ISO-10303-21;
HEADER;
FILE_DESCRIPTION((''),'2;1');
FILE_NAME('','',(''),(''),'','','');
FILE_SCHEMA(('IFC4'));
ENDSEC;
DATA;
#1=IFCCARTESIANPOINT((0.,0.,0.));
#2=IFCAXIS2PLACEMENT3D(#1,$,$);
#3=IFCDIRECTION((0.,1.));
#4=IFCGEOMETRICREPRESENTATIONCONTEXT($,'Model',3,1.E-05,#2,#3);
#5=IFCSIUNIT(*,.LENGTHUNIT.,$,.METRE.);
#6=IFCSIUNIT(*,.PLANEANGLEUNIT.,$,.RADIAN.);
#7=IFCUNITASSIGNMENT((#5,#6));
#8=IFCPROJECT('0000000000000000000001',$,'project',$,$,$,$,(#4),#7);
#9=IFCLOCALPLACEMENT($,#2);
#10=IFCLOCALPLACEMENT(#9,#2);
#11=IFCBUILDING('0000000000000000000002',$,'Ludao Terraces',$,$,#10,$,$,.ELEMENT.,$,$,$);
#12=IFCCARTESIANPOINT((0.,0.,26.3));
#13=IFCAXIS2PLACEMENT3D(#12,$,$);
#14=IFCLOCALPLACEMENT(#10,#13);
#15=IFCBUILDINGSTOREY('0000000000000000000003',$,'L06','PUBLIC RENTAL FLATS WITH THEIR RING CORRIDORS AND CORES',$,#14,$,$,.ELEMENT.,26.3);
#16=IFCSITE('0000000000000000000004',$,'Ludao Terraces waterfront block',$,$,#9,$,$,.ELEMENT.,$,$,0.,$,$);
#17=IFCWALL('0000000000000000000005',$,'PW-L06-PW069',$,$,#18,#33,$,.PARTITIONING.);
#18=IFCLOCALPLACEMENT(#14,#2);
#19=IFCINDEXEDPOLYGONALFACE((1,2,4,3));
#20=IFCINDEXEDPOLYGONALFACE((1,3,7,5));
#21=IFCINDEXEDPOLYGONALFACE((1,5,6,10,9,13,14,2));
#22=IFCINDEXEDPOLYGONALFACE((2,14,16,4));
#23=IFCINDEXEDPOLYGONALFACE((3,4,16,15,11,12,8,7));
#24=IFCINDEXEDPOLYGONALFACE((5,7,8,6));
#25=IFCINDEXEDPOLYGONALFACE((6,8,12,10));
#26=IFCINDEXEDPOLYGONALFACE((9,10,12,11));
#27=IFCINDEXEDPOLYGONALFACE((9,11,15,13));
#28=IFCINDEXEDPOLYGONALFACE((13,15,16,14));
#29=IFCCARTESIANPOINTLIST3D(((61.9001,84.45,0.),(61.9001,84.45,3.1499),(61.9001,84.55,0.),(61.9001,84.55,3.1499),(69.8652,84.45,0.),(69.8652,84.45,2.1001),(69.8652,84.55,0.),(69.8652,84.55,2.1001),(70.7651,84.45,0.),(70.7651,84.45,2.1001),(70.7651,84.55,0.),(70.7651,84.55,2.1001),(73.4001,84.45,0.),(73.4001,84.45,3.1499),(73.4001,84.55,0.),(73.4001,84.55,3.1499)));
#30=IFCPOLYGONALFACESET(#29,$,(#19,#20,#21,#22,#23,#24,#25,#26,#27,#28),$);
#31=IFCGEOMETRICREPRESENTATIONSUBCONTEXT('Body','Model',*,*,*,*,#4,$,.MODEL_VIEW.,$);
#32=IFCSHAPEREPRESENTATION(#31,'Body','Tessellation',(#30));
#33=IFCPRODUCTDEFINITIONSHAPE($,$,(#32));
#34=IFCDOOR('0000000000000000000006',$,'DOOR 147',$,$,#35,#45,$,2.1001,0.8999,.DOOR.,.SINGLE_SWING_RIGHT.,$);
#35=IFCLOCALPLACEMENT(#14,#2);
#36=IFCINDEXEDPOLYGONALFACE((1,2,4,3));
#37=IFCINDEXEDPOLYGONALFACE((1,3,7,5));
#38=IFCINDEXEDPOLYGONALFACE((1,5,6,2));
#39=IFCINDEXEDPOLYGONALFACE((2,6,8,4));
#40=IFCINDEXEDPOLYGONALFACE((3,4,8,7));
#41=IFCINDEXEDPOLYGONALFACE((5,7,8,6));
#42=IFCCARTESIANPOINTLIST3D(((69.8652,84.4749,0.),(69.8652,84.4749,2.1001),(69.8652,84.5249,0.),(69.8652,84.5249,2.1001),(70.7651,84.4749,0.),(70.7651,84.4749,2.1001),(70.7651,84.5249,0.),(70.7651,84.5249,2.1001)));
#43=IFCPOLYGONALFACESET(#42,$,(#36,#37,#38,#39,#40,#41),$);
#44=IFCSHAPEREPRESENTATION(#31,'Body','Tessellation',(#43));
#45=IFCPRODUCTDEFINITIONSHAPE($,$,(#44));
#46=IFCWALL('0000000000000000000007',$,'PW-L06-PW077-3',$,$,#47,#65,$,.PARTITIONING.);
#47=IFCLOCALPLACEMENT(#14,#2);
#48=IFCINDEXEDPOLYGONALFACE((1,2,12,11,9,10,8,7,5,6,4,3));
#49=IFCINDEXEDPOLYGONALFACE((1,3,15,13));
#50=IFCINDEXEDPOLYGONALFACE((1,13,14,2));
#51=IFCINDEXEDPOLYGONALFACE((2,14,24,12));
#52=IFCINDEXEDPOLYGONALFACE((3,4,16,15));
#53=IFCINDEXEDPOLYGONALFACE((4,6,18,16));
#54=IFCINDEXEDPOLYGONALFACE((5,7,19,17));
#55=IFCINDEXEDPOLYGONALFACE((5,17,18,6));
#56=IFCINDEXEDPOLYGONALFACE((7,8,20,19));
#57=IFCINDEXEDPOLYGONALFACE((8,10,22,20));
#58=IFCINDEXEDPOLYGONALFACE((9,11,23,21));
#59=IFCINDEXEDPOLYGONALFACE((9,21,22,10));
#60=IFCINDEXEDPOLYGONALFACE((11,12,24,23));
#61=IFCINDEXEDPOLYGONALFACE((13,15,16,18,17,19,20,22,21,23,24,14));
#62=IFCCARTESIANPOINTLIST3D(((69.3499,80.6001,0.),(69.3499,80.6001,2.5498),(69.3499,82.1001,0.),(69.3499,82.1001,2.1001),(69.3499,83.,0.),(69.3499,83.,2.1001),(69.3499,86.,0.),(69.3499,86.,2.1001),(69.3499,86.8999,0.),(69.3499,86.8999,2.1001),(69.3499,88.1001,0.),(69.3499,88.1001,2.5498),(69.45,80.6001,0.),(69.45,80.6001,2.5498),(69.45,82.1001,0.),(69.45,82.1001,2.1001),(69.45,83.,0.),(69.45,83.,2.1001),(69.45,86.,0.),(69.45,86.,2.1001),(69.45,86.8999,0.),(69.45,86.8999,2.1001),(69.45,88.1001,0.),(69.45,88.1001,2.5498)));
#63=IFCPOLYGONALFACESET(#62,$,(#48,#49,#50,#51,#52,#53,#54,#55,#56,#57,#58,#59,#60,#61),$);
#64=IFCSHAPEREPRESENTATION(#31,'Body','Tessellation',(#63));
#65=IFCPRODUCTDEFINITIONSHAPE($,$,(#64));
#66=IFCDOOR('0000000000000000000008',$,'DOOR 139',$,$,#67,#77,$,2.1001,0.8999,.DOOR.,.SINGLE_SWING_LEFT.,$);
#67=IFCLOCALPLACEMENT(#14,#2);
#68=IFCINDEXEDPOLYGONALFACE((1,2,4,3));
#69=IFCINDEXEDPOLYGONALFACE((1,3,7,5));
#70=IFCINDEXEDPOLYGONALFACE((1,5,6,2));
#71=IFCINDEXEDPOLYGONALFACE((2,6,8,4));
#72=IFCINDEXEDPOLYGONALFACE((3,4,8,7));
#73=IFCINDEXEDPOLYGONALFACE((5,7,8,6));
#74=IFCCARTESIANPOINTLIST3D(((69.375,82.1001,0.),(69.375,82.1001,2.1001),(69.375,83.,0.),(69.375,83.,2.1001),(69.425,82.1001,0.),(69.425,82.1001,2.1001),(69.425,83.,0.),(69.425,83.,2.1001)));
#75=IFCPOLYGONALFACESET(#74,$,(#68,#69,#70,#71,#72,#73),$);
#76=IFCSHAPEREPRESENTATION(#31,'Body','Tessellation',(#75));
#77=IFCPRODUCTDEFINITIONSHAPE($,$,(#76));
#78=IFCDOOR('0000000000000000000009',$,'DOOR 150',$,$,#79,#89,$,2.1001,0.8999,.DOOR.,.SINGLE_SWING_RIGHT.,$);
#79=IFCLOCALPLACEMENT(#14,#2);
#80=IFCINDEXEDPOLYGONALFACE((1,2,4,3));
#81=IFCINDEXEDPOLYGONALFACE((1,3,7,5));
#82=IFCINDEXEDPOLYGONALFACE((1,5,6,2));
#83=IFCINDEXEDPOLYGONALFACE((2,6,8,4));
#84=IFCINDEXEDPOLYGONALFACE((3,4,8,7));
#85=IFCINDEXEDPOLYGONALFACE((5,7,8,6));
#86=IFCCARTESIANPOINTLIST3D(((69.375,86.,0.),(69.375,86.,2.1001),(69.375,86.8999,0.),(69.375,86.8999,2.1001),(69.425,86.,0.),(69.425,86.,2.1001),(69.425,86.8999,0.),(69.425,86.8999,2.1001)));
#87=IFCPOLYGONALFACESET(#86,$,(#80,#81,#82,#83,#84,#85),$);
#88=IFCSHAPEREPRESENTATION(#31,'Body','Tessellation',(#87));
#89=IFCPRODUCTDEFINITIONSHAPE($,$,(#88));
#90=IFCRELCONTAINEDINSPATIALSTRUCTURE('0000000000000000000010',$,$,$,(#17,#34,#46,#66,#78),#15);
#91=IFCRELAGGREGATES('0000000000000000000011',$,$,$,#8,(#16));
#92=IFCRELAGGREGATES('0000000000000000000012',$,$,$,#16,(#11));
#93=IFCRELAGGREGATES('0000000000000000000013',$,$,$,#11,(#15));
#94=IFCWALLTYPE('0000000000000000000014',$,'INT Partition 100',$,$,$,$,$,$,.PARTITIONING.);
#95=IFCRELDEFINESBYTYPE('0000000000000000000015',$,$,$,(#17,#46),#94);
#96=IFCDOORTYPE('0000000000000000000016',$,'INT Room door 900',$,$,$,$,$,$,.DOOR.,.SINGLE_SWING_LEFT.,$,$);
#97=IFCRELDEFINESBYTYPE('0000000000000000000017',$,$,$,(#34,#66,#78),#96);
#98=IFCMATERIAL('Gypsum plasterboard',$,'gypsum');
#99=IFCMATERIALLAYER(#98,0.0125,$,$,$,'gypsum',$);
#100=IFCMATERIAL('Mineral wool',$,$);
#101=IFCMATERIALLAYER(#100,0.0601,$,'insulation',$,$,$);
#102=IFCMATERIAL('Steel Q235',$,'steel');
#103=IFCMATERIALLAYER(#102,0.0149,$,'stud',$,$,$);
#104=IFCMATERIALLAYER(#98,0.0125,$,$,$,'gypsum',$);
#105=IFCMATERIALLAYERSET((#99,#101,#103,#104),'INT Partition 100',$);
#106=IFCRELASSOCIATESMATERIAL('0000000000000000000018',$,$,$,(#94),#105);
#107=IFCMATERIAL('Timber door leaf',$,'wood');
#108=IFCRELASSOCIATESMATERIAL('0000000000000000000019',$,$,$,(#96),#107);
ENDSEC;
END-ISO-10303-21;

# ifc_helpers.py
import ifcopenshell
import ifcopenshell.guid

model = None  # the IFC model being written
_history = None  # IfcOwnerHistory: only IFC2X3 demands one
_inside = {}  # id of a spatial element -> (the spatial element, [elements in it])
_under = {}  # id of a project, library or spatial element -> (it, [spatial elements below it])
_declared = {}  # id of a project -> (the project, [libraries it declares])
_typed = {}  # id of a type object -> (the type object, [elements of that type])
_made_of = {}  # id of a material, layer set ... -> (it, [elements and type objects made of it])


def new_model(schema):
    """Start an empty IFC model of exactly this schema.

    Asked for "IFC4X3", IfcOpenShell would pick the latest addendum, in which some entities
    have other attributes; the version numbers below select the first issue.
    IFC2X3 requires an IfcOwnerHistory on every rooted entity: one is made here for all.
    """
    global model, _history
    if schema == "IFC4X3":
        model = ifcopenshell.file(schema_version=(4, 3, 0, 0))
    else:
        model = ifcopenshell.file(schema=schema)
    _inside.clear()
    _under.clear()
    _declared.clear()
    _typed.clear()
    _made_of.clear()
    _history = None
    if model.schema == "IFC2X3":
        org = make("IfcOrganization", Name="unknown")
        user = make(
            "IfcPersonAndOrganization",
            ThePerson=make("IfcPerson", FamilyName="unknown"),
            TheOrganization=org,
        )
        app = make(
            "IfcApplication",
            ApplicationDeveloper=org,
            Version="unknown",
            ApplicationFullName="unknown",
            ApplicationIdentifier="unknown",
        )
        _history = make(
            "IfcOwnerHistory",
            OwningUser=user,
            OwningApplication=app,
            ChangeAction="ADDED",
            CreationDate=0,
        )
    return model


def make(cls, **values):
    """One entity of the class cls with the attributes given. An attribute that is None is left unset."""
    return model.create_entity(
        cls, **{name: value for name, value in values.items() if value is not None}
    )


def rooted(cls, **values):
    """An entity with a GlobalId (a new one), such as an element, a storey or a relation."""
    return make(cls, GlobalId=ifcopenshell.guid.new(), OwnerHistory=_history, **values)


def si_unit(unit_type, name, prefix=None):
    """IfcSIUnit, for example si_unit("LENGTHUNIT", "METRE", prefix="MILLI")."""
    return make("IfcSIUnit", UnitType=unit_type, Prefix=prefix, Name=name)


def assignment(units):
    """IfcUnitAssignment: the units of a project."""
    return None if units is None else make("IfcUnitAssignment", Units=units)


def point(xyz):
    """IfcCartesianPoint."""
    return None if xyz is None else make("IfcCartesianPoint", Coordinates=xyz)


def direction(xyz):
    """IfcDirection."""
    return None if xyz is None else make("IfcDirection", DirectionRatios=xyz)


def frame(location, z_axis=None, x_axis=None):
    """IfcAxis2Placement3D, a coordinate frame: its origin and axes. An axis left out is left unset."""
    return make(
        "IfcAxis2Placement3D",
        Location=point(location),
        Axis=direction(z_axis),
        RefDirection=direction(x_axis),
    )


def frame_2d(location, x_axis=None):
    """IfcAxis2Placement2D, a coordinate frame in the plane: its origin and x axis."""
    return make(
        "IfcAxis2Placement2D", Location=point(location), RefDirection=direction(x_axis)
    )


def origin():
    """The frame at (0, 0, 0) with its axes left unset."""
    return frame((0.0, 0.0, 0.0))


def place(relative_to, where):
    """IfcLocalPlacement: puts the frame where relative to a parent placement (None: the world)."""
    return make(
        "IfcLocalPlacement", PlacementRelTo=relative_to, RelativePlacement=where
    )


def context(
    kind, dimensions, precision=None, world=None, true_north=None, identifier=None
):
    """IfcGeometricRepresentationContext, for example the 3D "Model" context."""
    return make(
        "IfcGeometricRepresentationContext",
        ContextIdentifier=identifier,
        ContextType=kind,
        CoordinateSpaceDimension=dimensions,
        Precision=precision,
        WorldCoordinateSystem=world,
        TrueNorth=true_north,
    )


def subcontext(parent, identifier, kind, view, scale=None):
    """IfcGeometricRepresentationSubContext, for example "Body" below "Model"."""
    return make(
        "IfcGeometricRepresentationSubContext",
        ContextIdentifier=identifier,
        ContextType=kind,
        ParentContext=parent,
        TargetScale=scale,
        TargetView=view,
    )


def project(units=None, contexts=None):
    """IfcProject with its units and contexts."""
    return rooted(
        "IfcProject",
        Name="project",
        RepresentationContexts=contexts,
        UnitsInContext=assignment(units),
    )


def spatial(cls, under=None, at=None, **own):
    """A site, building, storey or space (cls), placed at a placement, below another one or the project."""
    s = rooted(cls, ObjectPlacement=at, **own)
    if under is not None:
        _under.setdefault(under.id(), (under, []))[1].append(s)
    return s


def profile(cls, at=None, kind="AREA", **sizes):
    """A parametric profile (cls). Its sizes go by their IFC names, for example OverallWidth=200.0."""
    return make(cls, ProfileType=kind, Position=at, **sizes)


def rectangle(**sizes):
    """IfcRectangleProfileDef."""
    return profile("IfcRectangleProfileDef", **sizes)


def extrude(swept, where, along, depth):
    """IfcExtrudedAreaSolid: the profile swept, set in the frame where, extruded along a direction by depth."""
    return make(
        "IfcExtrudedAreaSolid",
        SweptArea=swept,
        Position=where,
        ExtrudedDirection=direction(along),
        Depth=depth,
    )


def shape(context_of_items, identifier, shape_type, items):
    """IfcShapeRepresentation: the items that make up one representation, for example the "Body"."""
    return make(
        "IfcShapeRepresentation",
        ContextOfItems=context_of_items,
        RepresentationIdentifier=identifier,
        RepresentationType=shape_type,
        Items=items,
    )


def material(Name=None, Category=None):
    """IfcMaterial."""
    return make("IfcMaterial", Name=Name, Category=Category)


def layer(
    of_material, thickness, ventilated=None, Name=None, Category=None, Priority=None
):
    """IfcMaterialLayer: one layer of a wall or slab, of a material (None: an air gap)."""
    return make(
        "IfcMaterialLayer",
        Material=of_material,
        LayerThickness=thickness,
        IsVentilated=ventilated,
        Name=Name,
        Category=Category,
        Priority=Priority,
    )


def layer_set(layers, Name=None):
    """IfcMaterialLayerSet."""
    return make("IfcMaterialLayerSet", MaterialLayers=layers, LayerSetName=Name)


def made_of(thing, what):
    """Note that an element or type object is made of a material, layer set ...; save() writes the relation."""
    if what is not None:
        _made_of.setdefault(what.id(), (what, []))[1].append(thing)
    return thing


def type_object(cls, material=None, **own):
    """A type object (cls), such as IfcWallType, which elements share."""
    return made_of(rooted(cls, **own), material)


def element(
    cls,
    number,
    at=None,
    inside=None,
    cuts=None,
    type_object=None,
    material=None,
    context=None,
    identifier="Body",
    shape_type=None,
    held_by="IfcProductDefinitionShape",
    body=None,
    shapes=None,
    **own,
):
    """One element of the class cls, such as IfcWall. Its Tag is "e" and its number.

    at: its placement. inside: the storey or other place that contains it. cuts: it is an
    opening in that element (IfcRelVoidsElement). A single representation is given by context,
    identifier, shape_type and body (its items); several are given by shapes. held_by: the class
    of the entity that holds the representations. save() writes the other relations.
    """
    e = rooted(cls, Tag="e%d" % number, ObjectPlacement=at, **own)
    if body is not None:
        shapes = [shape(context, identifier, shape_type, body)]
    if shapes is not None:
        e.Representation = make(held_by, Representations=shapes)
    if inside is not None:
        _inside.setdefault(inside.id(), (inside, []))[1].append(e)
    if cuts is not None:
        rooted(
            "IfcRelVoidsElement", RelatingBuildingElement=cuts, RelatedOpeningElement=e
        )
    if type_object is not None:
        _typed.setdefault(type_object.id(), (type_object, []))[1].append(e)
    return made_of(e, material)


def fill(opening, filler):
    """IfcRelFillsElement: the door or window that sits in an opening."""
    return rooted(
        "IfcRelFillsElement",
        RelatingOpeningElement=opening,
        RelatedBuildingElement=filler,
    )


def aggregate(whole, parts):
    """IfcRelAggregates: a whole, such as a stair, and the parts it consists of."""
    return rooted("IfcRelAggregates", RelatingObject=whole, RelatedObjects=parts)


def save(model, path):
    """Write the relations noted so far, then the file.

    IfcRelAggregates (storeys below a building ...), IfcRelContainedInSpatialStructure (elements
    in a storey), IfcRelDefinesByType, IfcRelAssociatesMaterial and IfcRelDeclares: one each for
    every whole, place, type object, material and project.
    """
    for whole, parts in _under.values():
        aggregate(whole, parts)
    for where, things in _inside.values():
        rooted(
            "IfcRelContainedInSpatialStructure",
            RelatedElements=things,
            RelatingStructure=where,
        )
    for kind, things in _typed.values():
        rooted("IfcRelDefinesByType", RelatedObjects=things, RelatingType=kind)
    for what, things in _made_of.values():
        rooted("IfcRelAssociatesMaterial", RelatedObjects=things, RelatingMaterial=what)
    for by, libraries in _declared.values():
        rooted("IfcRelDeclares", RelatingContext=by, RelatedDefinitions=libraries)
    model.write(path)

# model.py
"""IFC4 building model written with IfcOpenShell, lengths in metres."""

from ifc_helpers import new_model, si_unit, direction, frame, frame_2d, origin, place, context, subcontext, project, spatial, rectangle, extrude, material, layer, layer_set, type_object, element, fill, save


model = new_model("IFC4")

# Units and contexts
model_context = context("Model", 3, precision=1e-05, world=origin(), true_north=direction((0.0, 1.0)))
body_context = subcontext(model_context, "Body", "Model", "MODEL_VIEW")
ifc_project = project(units=[si_unit("LENGTHUNIT", "METRE"), si_unit("PLANEANGLEUNIT", "RADIAN")], contexts=[model_context])

# Site, building, storey
site_placement = place(None, origin())
site = spatial("IfcSite", under=ifc_project, at=site_placement, Name="Ludao Terraces waterfront block", CompositionType="ELEMENT", RefElevation=0.0)
building_placement = place(site_placement, origin())
building = spatial("IfcBuilding", under=site, at=building_placement, Name="Ludao Terraces", CompositionType="ELEMENT")
storey_placement = place(building_placement, frame((0.0, 0.0, 26.3)))
storey = spatial("IfcBuildingStorey", under=building, at=storey_placement, Name="L06", Description="PUBLIC RENTAL FLATS WITH THEIR RING CORRIDORS AND CORES", CompositionType="ELEMENT", Elevation=26.3)

# Shared definitions
ifc_material_1 = material(Name="Mineral wool")

# Shared definitions
ifc_material_2 = material(Name="Gypsum plasterboard", Category="gypsum")
ifc_layer_1 = layer(ifc_material_2, 0.0125, Category="gypsum")
ifc_layer_2 = layer(ifc_material_1, 0.0601, Name="insulation")
ifc_material_3 = material(Name="Steel Q235", Category="steel")
ifc_layer_3 = layer(ifc_material_3, 0.0149, Name="stud")
ifc_layer_4 = layer(ifc_material_2, 0.0125, Category="gypsum")
ifc_layer_set_1 = layer_set([ifc_layer_1, ifc_layer_2, ifc_layer_3, ifc_layer_4], Name="INT Partition 100")
wall_type_1 = type_object("IfcWallType", Name="INT Partition 100", PredefinedType="PARTITIONING", material=ifc_layer_set_1)

# Wall, opening, door
wall_1_placement = place(storey_placement, frame((61.9001, 84.5, 0.0), z_axis=(0.0, 0.0, 1.0), x_axis=(1.0, 0.0, 0.0)))
wall_1 = element("IfcWall", 1, at=wall_1_placement, inside=storey, type_object=wall_type_1, Name="PW-L06-PW069", PredefinedType="PARTITIONING", context=body_context, shape_type="SweptSolid", body=[
    extrude(rectangle(XDim=11.5, YDim=0.1001, at=frame_2d((5.75, 0.0))), origin(), (0.0, 0.0, 1.0), 3.1499),
])
opening_1_placement = place(wall_1_placement, frame((7.9651, 0.0, 0.0)))
opening_1 = element("IfcOpeningElement", 2, at=opening_1_placement, cuts=wall_1, PredefinedType="OPENING", context=body_context, shape_type="SweptSolid", body=[
    extrude(rectangle(XDim=0.8999, YDim=2.1001, at=frame_2d((0.45, 1.05))), frame((0.0, 0.0601, 0.0), z_axis=(0.0, -1.0, 0.0), x_axis=(1.0, 0.0, 0.0)), (0.0, 0.0, 1.0), 0.1201),
])
ifc_material_4 = material(Name="Timber door leaf", Category="wood")
door_type = type_object("IfcDoorType", Name="INT Room door 900", OperationType="SINGLE_SWING_LEFT", PredefinedType="DOOR", material=ifc_material_4)
door_1_placement = place(opening_1_placement, origin())
door_1 = element("IfcDoor", 3, at=door_1_placement, inside=storey, type_object=door_type, Name="DOOR 147", OperationType="SINGLE_SWING_RIGHT", OverallHeight=2.1001, OverallWidth=0.8999, PredefinedType="DOOR", context=body_context, shape_type="SweptSolid", body=[
    extrude(rectangle(XDim=0.8999, YDim=2.1001, at=frame_2d((0.45, 1.05))), frame((0.0, 0.0249, 0.0), z_axis=(0.0, -1.0, 0.0), x_axis=(1.0, 0.0, 0.0)), (0.0, 0.0, 1.0), 0.05),
])
fill(opening_1, door_1)

# Wall, openings, doors
wall_2_placement = place(storey_placement, frame((69.3999, 80.6001, 0.0), z_axis=(0.0, 0.0, 1.0), x_axis=(0.0, 1.0, 0.0)))
wall_2 = element("IfcWall", 4, at=wall_2_placement, inside=storey, type_object=wall_type_1, Name="PW-L06-PW077-3", PredefinedType="PARTITIONING", context=body_context, shape_type="SweptSolid", body=[
    extrude(rectangle(XDim=7.5, YDim=0.1001, at=frame_2d((3.75, 0.0))), origin(), (0.0, 0.0, 1.0), 2.5498),
])
opening_2_placement = place(wall_2_placement, frame((1.5, 0.0, 0.0)))
opening_2 = element("IfcOpeningElement", 5, at=opening_2_placement, cuts=wall_2, PredefinedType="OPENING", context=body_context, shape_type="SweptSolid", body=[
    extrude(rectangle(XDim=0.8999, YDim=2.1001, at=frame_2d((0.45, 1.05))), frame((0.0, 0.0601, 0.0), z_axis=(0.0, -1.0, 0.0), x_axis=(1.0, 0.0, 0.0)), (0.0, 0.0, 1.0), 0.1201),
])
opening_3_placement = place(wall_2_placement, frame((5.3999, 0.0, 0.0)))
opening_3 = element("IfcOpeningElement", 6, at=opening_3_placement, cuts=wall_2, PredefinedType="OPENING", context=body_context, shape_type="SweptSolid", body=[
    extrude(rectangle(XDim=0.8999, YDim=2.1001, at=frame_2d((0.45, 1.05))), frame((0.0, 0.0601, 0.0), z_axis=(0.0, -1.0, 0.0), x_axis=(1.0, 0.0, 0.0)), (0.0, 0.0, 1.0), 0.1201),
])
door_2_placement = place(opening_2_placement, origin())
door_2 = element("IfcDoor", 7, at=door_2_placement, inside=storey, type_object=door_type, Name="DOOR 139", OperationType="SINGLE_SWING_LEFT", OverallHeight=2.1001, OverallWidth=0.8999, PredefinedType="DOOR", context=body_context, shape_type="SweptSolid", body=[
    extrude(rectangle(XDim=0.8999, YDim=2.1001, at=frame_2d((0.45, 1.05))), frame((0.0, 0.0249, 0.0), z_axis=(0.0, -1.0, 0.0), x_axis=(1.0, 0.0, 0.0)), (0.0, 0.0, 1.0), 0.05),
])
fill(opening_2, door_2)
door_3_placement = place(opening_3_placement, origin())
door_3 = element("IfcDoor", 8, at=door_3_placement, inside=storey, type_object=door_type, Name="DOOR 150", OperationType="SINGLE_SWING_RIGHT", OverallHeight=2.1001, OverallWidth=0.8999, PredefinedType="DOOR", context=body_context, shape_type="SweptSolid", body=[
    extrude(rectangle(XDim=0.8999, YDim=2.1001, at=frame_2d((0.45, 1.05))), frame((0.0, 0.0249, 0.0), z_axis=(0.0, -1.0, 0.0), x_axis=(1.0, 0.0, 0.0)), (0.0, 0.0, 1.0), 0.05),
])
fill(opening_3, door_3)

save(model, "model.ifc")
